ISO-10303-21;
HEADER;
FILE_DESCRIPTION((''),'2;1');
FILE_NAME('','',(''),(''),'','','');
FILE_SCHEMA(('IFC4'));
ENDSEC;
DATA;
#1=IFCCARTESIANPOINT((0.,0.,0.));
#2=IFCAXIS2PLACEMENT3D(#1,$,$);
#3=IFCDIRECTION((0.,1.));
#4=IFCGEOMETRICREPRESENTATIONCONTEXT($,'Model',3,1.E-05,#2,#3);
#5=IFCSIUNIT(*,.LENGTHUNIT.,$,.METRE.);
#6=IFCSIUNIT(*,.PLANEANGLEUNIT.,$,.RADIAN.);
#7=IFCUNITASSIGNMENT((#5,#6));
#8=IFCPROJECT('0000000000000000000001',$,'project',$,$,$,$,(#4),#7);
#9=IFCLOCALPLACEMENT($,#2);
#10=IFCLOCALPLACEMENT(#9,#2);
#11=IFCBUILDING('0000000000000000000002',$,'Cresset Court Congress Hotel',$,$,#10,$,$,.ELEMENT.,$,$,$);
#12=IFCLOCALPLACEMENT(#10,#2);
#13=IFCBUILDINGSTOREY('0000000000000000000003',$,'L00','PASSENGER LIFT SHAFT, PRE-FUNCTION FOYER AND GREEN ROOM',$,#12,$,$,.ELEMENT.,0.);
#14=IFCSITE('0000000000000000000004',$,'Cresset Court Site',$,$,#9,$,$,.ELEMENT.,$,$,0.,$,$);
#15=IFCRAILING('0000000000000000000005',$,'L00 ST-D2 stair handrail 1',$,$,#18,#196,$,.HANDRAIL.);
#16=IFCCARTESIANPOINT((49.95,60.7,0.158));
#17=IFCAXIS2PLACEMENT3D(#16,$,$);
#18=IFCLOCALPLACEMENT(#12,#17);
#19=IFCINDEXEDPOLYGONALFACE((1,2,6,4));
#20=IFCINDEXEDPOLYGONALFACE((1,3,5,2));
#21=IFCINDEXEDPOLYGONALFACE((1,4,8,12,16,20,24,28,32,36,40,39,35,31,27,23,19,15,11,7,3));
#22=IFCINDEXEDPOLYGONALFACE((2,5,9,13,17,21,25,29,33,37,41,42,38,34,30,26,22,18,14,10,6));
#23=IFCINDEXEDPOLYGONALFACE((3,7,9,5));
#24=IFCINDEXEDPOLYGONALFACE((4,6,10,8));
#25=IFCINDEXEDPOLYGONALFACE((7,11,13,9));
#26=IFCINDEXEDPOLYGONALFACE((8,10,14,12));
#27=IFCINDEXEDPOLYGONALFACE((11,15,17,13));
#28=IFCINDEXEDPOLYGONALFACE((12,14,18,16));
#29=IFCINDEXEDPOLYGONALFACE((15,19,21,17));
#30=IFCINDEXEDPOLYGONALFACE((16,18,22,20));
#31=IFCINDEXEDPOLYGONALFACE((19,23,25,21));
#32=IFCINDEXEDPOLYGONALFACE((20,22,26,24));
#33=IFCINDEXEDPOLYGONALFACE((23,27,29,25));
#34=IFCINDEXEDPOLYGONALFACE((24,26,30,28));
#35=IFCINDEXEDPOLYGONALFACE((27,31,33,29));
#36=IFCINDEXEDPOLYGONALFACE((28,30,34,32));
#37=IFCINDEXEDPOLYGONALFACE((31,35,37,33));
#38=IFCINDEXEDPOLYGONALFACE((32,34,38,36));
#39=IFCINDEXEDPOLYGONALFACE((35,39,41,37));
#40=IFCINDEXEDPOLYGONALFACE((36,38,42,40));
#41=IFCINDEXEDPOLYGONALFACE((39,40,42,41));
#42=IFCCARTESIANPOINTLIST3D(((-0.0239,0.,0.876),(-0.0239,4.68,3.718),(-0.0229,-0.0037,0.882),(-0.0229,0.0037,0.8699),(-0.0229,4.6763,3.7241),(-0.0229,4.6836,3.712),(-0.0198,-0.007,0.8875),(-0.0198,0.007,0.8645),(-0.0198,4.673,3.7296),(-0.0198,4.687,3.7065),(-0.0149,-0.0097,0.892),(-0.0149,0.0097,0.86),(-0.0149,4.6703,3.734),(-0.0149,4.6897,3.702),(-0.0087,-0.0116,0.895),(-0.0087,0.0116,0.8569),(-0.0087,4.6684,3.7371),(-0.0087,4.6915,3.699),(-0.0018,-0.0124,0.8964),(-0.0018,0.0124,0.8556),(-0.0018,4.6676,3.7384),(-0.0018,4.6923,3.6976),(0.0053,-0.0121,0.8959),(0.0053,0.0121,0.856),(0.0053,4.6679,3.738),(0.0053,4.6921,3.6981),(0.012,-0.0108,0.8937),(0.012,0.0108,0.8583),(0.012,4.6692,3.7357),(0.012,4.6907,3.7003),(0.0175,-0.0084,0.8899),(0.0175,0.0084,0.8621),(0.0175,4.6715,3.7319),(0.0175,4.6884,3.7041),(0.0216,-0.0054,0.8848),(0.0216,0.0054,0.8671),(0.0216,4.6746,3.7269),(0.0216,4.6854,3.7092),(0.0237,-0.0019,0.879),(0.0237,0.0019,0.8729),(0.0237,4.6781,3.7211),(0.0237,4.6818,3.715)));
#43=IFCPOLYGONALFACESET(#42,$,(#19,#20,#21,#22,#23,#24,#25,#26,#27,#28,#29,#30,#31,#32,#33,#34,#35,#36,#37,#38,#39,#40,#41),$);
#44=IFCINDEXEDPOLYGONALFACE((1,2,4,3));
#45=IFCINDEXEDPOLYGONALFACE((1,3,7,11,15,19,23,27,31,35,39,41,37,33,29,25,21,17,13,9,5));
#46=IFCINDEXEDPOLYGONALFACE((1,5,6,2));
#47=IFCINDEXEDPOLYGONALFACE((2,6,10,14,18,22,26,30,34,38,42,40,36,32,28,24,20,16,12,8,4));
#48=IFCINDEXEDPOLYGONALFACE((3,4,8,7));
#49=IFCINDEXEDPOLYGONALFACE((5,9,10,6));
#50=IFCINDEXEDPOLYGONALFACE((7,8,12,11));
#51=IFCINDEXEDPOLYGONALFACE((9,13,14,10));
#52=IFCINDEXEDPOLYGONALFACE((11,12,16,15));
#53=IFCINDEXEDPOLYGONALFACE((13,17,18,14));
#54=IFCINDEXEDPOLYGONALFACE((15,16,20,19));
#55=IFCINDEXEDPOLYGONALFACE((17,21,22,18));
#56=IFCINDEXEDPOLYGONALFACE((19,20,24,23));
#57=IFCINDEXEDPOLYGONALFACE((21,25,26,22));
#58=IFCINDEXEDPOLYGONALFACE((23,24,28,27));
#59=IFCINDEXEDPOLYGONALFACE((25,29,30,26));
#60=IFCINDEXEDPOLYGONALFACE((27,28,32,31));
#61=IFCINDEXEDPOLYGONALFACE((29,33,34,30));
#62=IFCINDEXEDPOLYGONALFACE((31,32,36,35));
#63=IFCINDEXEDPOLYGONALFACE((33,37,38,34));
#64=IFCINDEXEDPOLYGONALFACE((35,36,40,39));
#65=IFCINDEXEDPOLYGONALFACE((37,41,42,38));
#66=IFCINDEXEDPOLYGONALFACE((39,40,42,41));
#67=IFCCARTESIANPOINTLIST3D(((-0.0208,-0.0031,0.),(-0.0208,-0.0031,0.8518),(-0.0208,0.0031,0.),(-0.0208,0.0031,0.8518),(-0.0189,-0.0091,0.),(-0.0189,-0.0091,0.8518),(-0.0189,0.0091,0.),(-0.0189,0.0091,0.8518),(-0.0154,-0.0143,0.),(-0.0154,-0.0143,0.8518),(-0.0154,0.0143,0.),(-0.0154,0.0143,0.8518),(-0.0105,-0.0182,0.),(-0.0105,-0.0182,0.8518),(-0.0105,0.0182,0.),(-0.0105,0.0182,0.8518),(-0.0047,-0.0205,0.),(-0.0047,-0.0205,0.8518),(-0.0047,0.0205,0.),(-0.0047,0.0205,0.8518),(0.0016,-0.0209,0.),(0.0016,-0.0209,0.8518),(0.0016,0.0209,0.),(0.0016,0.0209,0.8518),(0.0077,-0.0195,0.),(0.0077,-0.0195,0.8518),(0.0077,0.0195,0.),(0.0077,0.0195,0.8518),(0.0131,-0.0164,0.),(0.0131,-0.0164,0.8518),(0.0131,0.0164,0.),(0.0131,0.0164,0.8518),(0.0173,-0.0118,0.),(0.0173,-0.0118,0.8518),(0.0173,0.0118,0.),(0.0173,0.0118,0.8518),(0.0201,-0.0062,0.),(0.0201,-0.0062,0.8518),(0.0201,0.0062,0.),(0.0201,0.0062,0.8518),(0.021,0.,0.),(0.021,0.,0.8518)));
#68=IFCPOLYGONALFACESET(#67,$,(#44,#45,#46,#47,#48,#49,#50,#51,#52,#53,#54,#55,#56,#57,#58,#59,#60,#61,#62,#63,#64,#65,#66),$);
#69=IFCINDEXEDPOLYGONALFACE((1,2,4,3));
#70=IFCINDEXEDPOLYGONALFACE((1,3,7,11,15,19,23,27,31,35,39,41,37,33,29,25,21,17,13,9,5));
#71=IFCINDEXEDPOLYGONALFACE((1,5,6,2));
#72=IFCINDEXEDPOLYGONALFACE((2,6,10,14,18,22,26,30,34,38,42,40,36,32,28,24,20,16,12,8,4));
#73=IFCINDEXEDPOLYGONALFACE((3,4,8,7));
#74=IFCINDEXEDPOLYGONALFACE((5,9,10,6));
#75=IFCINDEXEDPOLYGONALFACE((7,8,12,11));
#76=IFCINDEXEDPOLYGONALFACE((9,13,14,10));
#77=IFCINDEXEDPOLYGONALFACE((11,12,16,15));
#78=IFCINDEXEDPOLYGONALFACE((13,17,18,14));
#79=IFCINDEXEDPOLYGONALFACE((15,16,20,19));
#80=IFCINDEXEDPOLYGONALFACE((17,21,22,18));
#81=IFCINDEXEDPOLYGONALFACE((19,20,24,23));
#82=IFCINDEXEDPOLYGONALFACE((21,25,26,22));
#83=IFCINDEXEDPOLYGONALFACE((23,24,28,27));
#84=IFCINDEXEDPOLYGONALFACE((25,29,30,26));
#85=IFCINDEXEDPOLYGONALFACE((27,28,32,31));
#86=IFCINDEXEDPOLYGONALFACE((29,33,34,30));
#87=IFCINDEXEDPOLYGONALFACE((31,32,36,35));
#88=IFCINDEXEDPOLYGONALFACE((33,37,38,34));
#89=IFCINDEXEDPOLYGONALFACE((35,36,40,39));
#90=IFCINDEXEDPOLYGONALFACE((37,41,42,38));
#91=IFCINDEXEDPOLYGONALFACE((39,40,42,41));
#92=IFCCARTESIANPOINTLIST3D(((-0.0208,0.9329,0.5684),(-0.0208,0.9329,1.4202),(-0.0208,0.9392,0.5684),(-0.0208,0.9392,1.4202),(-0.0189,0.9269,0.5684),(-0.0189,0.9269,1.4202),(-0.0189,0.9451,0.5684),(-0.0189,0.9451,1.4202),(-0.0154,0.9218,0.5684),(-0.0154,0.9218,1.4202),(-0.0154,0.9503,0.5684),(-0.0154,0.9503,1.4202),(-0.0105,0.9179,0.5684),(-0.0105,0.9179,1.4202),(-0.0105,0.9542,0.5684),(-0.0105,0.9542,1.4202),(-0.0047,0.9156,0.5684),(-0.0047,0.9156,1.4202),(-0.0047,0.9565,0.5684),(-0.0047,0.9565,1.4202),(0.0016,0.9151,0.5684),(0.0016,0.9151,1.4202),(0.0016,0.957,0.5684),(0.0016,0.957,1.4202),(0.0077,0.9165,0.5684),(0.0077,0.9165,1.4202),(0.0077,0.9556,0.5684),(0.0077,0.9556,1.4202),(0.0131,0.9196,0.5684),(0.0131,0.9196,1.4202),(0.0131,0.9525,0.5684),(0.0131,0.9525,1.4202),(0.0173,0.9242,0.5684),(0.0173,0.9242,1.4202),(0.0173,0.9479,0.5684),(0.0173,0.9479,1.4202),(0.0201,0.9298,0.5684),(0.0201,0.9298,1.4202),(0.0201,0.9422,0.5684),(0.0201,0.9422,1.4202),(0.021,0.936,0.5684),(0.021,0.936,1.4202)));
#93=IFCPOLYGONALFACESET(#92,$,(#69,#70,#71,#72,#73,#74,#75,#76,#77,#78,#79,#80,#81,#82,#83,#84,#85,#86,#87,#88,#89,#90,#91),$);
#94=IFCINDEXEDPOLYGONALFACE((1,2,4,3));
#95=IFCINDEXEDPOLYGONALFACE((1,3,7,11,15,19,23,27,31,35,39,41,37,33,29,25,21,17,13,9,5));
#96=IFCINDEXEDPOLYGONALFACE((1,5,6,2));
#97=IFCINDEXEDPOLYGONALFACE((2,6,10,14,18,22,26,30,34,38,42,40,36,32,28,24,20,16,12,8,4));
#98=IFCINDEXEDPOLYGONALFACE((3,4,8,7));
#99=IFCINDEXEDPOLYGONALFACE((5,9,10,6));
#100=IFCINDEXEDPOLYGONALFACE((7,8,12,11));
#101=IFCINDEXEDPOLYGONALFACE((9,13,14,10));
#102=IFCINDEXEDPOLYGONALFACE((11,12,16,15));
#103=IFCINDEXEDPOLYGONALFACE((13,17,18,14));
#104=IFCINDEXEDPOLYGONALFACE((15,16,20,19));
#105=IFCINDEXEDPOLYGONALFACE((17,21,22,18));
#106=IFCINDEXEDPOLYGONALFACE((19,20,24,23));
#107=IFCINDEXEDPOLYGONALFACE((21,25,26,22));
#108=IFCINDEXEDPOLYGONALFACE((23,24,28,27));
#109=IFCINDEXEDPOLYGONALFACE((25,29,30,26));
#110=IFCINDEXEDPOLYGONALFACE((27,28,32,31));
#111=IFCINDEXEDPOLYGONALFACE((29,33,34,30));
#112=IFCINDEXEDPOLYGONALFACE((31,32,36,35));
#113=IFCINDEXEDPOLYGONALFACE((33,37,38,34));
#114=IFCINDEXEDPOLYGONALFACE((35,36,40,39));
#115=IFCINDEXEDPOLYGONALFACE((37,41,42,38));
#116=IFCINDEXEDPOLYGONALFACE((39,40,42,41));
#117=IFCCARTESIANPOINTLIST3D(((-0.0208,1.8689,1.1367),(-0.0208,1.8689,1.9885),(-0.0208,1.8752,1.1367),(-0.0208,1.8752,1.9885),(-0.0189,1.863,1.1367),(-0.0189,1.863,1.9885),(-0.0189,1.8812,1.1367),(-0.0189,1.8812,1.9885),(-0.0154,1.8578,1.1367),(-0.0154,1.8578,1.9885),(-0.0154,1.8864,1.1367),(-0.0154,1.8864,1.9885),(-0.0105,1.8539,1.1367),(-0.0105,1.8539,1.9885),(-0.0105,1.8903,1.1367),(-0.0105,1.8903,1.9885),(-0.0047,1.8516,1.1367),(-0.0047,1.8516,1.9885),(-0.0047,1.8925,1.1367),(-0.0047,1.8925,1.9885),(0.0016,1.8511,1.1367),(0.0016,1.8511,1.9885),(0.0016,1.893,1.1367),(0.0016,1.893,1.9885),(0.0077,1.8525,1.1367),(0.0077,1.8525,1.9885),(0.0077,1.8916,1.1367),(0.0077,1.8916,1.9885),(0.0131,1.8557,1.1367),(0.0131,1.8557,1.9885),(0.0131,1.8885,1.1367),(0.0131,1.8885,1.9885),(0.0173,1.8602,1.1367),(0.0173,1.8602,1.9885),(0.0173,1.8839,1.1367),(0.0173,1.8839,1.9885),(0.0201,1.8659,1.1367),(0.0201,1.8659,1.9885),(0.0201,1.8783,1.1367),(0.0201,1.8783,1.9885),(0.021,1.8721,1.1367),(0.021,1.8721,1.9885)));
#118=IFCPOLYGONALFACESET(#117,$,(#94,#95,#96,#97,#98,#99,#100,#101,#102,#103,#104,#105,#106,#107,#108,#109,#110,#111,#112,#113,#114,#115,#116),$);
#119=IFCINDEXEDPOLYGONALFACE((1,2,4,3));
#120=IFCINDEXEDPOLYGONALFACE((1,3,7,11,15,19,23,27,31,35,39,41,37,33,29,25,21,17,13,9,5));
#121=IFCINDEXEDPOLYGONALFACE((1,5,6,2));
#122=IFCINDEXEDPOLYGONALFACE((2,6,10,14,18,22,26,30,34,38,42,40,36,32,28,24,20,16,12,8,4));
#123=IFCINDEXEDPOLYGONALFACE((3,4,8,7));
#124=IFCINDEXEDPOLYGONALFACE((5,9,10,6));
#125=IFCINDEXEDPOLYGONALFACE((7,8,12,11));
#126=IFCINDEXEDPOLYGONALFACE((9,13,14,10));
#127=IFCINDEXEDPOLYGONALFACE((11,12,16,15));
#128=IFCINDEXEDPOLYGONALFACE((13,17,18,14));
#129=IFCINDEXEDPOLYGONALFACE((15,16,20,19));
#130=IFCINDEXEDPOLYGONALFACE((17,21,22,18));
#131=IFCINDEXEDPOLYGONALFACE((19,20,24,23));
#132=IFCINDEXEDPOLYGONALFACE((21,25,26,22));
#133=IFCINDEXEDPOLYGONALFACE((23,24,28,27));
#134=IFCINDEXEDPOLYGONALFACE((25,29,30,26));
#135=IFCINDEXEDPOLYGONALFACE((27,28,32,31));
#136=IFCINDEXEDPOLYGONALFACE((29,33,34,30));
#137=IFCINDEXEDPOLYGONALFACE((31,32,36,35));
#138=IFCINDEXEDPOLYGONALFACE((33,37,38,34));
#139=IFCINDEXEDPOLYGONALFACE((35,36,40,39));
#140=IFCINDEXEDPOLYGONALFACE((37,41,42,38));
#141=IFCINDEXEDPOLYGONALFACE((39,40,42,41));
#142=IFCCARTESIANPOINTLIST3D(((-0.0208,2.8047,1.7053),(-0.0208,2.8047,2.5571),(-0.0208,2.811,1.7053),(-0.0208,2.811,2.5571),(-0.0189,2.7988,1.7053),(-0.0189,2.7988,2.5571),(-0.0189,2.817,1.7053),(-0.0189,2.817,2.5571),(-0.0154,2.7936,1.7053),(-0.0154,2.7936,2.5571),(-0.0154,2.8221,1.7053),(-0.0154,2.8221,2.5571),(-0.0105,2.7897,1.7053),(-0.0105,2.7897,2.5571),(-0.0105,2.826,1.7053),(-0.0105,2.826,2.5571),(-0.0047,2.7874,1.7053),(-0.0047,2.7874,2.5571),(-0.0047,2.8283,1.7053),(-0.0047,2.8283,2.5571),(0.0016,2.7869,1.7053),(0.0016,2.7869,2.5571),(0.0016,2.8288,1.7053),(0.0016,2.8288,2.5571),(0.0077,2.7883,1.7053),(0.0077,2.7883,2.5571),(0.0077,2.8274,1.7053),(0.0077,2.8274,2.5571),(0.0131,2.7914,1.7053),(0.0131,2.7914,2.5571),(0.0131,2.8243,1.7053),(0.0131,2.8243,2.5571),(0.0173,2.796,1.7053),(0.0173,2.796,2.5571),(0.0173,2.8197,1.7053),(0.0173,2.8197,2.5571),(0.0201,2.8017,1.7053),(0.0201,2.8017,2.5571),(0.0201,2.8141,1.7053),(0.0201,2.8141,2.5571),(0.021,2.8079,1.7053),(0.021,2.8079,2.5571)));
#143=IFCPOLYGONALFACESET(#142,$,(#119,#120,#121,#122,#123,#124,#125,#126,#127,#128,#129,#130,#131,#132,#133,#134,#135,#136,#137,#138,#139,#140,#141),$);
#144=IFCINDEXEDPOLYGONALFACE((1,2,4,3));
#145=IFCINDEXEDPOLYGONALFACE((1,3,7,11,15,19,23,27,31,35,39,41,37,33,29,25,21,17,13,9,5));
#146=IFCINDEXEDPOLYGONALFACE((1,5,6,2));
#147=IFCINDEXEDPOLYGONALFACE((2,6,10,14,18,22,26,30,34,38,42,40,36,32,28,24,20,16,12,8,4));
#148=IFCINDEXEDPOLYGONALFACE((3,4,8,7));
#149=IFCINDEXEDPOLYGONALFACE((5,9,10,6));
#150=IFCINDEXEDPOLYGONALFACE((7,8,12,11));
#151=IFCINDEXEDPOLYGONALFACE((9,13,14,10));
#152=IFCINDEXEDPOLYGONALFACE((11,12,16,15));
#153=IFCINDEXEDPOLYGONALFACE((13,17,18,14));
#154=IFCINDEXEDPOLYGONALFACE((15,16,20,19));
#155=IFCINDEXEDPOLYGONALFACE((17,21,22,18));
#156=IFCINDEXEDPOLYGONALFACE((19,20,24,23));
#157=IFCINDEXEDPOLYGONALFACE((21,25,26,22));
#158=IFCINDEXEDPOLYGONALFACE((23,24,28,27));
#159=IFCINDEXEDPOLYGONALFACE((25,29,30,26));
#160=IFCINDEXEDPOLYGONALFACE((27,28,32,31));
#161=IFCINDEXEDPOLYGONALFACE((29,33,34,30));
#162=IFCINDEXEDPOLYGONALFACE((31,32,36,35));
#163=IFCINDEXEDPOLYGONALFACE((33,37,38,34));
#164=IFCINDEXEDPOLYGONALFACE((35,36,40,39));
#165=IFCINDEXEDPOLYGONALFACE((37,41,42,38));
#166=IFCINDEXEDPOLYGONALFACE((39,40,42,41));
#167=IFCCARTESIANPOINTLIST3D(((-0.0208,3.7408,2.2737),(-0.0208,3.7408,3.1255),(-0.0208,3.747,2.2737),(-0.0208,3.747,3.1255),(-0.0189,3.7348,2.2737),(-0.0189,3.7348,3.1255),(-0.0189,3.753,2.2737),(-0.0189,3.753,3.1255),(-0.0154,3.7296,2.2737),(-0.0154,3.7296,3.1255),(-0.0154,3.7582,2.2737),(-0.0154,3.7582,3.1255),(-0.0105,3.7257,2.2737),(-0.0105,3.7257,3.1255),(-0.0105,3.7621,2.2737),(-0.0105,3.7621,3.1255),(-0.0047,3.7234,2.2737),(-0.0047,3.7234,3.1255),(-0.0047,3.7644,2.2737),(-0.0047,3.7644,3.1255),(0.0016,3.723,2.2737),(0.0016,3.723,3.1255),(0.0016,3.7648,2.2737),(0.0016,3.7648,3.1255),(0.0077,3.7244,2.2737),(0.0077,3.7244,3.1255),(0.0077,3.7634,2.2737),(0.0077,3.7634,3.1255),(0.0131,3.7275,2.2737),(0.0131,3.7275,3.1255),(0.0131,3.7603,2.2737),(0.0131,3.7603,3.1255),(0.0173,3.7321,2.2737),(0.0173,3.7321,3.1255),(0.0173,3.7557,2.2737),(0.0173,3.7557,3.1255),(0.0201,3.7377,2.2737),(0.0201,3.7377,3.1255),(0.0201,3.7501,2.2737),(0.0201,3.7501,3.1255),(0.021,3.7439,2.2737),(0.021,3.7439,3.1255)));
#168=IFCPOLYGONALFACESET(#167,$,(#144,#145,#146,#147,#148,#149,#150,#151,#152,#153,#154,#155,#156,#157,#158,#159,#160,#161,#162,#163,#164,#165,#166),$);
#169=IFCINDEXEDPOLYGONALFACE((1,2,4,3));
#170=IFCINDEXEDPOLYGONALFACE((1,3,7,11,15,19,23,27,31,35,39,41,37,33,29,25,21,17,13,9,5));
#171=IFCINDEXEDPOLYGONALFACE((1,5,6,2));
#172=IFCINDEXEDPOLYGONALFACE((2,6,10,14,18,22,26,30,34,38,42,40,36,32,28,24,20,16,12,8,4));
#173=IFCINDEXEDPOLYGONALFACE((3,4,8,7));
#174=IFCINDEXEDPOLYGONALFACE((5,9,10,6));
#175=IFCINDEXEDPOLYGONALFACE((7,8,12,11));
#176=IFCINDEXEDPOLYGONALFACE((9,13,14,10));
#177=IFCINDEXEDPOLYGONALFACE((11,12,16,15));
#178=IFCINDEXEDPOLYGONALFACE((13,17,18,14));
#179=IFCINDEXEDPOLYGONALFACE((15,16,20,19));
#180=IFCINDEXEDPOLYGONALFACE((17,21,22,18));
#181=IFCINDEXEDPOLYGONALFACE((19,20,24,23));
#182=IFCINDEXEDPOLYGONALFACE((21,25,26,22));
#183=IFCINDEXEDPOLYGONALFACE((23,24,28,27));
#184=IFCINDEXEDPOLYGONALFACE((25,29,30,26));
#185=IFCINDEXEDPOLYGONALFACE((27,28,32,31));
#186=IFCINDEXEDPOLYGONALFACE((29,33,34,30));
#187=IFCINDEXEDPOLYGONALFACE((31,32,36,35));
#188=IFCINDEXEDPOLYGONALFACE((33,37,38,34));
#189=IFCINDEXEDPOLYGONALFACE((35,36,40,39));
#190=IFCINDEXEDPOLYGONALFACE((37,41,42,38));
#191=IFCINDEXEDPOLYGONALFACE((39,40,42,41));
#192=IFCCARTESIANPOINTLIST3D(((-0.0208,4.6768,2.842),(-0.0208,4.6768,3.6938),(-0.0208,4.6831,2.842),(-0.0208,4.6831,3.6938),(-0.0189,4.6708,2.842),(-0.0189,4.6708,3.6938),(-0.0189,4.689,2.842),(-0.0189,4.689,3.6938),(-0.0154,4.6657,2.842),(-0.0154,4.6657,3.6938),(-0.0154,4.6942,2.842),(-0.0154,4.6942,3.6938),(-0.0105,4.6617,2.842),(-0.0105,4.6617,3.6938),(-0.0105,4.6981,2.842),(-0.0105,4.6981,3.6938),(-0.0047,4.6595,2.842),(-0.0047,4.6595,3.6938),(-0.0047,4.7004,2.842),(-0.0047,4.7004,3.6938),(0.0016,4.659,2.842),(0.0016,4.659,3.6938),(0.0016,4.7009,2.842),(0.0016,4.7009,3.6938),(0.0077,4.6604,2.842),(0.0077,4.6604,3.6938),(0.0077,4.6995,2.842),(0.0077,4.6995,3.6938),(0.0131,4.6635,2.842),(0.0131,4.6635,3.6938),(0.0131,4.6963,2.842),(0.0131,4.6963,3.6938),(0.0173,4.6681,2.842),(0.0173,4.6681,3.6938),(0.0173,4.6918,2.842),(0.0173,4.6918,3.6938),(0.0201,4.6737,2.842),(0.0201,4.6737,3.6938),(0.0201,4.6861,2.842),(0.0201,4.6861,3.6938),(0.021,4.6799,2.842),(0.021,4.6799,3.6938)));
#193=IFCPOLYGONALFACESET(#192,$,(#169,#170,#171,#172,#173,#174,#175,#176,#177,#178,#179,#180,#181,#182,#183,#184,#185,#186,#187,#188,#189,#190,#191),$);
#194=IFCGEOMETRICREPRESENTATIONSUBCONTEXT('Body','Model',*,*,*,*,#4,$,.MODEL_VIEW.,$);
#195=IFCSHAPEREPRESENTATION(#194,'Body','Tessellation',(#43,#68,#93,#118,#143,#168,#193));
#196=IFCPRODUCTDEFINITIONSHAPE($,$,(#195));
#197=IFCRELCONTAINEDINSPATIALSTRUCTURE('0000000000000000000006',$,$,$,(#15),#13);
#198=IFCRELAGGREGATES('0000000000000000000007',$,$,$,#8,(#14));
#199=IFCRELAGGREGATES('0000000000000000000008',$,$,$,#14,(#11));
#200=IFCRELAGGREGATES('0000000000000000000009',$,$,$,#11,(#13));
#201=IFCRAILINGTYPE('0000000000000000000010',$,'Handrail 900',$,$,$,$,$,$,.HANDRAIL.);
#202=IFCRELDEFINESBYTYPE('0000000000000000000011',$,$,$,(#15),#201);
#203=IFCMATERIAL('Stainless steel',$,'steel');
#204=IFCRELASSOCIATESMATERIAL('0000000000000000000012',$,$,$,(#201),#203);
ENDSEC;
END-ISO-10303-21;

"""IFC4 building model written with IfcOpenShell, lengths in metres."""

from ifc_helpers import new_model, si_unit, direction, frame, origin, origin_2d, place, context, subcontext, project, spatial, circle, extrude, material, type_object, element, save


model = new_model("IFC4")

# Units and contexts
model_context = context("Model", 3, precision=1e-05, world=origin(), true_north=direction((0.0, 1.0)))
body_context = subcontext(model_context, "Body", "Model", "MODEL_VIEW")
ifc_project = project(units=[si_unit("LENGTHUNIT", "METRE"), si_unit("PLANEANGLEUNIT", "RADIAN")], contexts=[model_context])

# Site, building, storey
site_placement = place(None, origin())
site = spatial("IfcSite", under=ifc_project, at=site_placement, Name="Cresset Court Site", CompositionType="ELEMENT", RefElevation=0.0)
building_placement = place(site_placement, origin())
building = spatial("IfcBuilding", under=site, at=building_placement, Name="Cresset Court Congress Hotel", CompositionType="ELEMENT")
storey_placement = place(building_placement, origin())
storey = spatial("IfcBuildingStorey", under=building, at=storey_placement, Name="L00", Description="PASSENGER LIFT SHAFT, PRE-FUNCTION FOYER AND GREEN ROOM", CompositionType="ELEMENT", Elevation=0.0)

# Railing
ifc_material_1 = material(Name="Stainless steel", Category="steel")
railing_type_1 = type_object("IfcRailingType", Name="Handrail 900", PredefinedType="HANDRAIL", material=ifc_material_1)
railing_1_placement = place(storey_placement, frame((49.95, 60.7, 0.158)))
element("IfcRailing", 1, at=railing_1_placement, inside=storey, type_object=railing_type_1, Name="L00 ST-D2 stair handrail 1", PredefinedType="HANDRAIL", context=body_context, shape_type="SweptSolid", body=[
    extrude(circle(Radius=0.0239, at=origin_2d()), frame((0.0, 0.0, 0.876), z_axis=(0.0, 0.854735, 0.519065), x_axis=(-1.0, 0.0, 0.0)), (0.0, 0.0, 1.0), 5.4753),
    extrude(circle(Radius=0.021, at=origin_2d()), origin(), (0.0, 0.0, 1.0), 0.8518),
    extrude(circle(Radius=0.021, at=origin_2d()), frame((0.0, 0.936, 0.5684)), (0.0, 0.0, 1.0), 0.8518),
    extrude(circle(Radius=0.021, at=origin_2d()), frame((0.0, 1.8721, 1.1367)), (0.0, 0.0, 1.0), 0.8518),
    extrude(circle(Radius=0.021, at=origin_2d()), frame((0.0, 2.8079, 1.7053)), (0.0, 0.0, 1.0), 0.8518),
    extrude(circle(Radius=0.021, at=origin_2d()), frame((0.0, 3.7439, 2.2737)), (0.0, 0.0, 1.0), 0.8518),
    extrude(circle(Radius=0.021, at=origin_2d()), frame((0.0, 4.6799, 2.842)), (0.0, 0.0, 1.0), 0.8518),
])

save(model, "model.ifc")
